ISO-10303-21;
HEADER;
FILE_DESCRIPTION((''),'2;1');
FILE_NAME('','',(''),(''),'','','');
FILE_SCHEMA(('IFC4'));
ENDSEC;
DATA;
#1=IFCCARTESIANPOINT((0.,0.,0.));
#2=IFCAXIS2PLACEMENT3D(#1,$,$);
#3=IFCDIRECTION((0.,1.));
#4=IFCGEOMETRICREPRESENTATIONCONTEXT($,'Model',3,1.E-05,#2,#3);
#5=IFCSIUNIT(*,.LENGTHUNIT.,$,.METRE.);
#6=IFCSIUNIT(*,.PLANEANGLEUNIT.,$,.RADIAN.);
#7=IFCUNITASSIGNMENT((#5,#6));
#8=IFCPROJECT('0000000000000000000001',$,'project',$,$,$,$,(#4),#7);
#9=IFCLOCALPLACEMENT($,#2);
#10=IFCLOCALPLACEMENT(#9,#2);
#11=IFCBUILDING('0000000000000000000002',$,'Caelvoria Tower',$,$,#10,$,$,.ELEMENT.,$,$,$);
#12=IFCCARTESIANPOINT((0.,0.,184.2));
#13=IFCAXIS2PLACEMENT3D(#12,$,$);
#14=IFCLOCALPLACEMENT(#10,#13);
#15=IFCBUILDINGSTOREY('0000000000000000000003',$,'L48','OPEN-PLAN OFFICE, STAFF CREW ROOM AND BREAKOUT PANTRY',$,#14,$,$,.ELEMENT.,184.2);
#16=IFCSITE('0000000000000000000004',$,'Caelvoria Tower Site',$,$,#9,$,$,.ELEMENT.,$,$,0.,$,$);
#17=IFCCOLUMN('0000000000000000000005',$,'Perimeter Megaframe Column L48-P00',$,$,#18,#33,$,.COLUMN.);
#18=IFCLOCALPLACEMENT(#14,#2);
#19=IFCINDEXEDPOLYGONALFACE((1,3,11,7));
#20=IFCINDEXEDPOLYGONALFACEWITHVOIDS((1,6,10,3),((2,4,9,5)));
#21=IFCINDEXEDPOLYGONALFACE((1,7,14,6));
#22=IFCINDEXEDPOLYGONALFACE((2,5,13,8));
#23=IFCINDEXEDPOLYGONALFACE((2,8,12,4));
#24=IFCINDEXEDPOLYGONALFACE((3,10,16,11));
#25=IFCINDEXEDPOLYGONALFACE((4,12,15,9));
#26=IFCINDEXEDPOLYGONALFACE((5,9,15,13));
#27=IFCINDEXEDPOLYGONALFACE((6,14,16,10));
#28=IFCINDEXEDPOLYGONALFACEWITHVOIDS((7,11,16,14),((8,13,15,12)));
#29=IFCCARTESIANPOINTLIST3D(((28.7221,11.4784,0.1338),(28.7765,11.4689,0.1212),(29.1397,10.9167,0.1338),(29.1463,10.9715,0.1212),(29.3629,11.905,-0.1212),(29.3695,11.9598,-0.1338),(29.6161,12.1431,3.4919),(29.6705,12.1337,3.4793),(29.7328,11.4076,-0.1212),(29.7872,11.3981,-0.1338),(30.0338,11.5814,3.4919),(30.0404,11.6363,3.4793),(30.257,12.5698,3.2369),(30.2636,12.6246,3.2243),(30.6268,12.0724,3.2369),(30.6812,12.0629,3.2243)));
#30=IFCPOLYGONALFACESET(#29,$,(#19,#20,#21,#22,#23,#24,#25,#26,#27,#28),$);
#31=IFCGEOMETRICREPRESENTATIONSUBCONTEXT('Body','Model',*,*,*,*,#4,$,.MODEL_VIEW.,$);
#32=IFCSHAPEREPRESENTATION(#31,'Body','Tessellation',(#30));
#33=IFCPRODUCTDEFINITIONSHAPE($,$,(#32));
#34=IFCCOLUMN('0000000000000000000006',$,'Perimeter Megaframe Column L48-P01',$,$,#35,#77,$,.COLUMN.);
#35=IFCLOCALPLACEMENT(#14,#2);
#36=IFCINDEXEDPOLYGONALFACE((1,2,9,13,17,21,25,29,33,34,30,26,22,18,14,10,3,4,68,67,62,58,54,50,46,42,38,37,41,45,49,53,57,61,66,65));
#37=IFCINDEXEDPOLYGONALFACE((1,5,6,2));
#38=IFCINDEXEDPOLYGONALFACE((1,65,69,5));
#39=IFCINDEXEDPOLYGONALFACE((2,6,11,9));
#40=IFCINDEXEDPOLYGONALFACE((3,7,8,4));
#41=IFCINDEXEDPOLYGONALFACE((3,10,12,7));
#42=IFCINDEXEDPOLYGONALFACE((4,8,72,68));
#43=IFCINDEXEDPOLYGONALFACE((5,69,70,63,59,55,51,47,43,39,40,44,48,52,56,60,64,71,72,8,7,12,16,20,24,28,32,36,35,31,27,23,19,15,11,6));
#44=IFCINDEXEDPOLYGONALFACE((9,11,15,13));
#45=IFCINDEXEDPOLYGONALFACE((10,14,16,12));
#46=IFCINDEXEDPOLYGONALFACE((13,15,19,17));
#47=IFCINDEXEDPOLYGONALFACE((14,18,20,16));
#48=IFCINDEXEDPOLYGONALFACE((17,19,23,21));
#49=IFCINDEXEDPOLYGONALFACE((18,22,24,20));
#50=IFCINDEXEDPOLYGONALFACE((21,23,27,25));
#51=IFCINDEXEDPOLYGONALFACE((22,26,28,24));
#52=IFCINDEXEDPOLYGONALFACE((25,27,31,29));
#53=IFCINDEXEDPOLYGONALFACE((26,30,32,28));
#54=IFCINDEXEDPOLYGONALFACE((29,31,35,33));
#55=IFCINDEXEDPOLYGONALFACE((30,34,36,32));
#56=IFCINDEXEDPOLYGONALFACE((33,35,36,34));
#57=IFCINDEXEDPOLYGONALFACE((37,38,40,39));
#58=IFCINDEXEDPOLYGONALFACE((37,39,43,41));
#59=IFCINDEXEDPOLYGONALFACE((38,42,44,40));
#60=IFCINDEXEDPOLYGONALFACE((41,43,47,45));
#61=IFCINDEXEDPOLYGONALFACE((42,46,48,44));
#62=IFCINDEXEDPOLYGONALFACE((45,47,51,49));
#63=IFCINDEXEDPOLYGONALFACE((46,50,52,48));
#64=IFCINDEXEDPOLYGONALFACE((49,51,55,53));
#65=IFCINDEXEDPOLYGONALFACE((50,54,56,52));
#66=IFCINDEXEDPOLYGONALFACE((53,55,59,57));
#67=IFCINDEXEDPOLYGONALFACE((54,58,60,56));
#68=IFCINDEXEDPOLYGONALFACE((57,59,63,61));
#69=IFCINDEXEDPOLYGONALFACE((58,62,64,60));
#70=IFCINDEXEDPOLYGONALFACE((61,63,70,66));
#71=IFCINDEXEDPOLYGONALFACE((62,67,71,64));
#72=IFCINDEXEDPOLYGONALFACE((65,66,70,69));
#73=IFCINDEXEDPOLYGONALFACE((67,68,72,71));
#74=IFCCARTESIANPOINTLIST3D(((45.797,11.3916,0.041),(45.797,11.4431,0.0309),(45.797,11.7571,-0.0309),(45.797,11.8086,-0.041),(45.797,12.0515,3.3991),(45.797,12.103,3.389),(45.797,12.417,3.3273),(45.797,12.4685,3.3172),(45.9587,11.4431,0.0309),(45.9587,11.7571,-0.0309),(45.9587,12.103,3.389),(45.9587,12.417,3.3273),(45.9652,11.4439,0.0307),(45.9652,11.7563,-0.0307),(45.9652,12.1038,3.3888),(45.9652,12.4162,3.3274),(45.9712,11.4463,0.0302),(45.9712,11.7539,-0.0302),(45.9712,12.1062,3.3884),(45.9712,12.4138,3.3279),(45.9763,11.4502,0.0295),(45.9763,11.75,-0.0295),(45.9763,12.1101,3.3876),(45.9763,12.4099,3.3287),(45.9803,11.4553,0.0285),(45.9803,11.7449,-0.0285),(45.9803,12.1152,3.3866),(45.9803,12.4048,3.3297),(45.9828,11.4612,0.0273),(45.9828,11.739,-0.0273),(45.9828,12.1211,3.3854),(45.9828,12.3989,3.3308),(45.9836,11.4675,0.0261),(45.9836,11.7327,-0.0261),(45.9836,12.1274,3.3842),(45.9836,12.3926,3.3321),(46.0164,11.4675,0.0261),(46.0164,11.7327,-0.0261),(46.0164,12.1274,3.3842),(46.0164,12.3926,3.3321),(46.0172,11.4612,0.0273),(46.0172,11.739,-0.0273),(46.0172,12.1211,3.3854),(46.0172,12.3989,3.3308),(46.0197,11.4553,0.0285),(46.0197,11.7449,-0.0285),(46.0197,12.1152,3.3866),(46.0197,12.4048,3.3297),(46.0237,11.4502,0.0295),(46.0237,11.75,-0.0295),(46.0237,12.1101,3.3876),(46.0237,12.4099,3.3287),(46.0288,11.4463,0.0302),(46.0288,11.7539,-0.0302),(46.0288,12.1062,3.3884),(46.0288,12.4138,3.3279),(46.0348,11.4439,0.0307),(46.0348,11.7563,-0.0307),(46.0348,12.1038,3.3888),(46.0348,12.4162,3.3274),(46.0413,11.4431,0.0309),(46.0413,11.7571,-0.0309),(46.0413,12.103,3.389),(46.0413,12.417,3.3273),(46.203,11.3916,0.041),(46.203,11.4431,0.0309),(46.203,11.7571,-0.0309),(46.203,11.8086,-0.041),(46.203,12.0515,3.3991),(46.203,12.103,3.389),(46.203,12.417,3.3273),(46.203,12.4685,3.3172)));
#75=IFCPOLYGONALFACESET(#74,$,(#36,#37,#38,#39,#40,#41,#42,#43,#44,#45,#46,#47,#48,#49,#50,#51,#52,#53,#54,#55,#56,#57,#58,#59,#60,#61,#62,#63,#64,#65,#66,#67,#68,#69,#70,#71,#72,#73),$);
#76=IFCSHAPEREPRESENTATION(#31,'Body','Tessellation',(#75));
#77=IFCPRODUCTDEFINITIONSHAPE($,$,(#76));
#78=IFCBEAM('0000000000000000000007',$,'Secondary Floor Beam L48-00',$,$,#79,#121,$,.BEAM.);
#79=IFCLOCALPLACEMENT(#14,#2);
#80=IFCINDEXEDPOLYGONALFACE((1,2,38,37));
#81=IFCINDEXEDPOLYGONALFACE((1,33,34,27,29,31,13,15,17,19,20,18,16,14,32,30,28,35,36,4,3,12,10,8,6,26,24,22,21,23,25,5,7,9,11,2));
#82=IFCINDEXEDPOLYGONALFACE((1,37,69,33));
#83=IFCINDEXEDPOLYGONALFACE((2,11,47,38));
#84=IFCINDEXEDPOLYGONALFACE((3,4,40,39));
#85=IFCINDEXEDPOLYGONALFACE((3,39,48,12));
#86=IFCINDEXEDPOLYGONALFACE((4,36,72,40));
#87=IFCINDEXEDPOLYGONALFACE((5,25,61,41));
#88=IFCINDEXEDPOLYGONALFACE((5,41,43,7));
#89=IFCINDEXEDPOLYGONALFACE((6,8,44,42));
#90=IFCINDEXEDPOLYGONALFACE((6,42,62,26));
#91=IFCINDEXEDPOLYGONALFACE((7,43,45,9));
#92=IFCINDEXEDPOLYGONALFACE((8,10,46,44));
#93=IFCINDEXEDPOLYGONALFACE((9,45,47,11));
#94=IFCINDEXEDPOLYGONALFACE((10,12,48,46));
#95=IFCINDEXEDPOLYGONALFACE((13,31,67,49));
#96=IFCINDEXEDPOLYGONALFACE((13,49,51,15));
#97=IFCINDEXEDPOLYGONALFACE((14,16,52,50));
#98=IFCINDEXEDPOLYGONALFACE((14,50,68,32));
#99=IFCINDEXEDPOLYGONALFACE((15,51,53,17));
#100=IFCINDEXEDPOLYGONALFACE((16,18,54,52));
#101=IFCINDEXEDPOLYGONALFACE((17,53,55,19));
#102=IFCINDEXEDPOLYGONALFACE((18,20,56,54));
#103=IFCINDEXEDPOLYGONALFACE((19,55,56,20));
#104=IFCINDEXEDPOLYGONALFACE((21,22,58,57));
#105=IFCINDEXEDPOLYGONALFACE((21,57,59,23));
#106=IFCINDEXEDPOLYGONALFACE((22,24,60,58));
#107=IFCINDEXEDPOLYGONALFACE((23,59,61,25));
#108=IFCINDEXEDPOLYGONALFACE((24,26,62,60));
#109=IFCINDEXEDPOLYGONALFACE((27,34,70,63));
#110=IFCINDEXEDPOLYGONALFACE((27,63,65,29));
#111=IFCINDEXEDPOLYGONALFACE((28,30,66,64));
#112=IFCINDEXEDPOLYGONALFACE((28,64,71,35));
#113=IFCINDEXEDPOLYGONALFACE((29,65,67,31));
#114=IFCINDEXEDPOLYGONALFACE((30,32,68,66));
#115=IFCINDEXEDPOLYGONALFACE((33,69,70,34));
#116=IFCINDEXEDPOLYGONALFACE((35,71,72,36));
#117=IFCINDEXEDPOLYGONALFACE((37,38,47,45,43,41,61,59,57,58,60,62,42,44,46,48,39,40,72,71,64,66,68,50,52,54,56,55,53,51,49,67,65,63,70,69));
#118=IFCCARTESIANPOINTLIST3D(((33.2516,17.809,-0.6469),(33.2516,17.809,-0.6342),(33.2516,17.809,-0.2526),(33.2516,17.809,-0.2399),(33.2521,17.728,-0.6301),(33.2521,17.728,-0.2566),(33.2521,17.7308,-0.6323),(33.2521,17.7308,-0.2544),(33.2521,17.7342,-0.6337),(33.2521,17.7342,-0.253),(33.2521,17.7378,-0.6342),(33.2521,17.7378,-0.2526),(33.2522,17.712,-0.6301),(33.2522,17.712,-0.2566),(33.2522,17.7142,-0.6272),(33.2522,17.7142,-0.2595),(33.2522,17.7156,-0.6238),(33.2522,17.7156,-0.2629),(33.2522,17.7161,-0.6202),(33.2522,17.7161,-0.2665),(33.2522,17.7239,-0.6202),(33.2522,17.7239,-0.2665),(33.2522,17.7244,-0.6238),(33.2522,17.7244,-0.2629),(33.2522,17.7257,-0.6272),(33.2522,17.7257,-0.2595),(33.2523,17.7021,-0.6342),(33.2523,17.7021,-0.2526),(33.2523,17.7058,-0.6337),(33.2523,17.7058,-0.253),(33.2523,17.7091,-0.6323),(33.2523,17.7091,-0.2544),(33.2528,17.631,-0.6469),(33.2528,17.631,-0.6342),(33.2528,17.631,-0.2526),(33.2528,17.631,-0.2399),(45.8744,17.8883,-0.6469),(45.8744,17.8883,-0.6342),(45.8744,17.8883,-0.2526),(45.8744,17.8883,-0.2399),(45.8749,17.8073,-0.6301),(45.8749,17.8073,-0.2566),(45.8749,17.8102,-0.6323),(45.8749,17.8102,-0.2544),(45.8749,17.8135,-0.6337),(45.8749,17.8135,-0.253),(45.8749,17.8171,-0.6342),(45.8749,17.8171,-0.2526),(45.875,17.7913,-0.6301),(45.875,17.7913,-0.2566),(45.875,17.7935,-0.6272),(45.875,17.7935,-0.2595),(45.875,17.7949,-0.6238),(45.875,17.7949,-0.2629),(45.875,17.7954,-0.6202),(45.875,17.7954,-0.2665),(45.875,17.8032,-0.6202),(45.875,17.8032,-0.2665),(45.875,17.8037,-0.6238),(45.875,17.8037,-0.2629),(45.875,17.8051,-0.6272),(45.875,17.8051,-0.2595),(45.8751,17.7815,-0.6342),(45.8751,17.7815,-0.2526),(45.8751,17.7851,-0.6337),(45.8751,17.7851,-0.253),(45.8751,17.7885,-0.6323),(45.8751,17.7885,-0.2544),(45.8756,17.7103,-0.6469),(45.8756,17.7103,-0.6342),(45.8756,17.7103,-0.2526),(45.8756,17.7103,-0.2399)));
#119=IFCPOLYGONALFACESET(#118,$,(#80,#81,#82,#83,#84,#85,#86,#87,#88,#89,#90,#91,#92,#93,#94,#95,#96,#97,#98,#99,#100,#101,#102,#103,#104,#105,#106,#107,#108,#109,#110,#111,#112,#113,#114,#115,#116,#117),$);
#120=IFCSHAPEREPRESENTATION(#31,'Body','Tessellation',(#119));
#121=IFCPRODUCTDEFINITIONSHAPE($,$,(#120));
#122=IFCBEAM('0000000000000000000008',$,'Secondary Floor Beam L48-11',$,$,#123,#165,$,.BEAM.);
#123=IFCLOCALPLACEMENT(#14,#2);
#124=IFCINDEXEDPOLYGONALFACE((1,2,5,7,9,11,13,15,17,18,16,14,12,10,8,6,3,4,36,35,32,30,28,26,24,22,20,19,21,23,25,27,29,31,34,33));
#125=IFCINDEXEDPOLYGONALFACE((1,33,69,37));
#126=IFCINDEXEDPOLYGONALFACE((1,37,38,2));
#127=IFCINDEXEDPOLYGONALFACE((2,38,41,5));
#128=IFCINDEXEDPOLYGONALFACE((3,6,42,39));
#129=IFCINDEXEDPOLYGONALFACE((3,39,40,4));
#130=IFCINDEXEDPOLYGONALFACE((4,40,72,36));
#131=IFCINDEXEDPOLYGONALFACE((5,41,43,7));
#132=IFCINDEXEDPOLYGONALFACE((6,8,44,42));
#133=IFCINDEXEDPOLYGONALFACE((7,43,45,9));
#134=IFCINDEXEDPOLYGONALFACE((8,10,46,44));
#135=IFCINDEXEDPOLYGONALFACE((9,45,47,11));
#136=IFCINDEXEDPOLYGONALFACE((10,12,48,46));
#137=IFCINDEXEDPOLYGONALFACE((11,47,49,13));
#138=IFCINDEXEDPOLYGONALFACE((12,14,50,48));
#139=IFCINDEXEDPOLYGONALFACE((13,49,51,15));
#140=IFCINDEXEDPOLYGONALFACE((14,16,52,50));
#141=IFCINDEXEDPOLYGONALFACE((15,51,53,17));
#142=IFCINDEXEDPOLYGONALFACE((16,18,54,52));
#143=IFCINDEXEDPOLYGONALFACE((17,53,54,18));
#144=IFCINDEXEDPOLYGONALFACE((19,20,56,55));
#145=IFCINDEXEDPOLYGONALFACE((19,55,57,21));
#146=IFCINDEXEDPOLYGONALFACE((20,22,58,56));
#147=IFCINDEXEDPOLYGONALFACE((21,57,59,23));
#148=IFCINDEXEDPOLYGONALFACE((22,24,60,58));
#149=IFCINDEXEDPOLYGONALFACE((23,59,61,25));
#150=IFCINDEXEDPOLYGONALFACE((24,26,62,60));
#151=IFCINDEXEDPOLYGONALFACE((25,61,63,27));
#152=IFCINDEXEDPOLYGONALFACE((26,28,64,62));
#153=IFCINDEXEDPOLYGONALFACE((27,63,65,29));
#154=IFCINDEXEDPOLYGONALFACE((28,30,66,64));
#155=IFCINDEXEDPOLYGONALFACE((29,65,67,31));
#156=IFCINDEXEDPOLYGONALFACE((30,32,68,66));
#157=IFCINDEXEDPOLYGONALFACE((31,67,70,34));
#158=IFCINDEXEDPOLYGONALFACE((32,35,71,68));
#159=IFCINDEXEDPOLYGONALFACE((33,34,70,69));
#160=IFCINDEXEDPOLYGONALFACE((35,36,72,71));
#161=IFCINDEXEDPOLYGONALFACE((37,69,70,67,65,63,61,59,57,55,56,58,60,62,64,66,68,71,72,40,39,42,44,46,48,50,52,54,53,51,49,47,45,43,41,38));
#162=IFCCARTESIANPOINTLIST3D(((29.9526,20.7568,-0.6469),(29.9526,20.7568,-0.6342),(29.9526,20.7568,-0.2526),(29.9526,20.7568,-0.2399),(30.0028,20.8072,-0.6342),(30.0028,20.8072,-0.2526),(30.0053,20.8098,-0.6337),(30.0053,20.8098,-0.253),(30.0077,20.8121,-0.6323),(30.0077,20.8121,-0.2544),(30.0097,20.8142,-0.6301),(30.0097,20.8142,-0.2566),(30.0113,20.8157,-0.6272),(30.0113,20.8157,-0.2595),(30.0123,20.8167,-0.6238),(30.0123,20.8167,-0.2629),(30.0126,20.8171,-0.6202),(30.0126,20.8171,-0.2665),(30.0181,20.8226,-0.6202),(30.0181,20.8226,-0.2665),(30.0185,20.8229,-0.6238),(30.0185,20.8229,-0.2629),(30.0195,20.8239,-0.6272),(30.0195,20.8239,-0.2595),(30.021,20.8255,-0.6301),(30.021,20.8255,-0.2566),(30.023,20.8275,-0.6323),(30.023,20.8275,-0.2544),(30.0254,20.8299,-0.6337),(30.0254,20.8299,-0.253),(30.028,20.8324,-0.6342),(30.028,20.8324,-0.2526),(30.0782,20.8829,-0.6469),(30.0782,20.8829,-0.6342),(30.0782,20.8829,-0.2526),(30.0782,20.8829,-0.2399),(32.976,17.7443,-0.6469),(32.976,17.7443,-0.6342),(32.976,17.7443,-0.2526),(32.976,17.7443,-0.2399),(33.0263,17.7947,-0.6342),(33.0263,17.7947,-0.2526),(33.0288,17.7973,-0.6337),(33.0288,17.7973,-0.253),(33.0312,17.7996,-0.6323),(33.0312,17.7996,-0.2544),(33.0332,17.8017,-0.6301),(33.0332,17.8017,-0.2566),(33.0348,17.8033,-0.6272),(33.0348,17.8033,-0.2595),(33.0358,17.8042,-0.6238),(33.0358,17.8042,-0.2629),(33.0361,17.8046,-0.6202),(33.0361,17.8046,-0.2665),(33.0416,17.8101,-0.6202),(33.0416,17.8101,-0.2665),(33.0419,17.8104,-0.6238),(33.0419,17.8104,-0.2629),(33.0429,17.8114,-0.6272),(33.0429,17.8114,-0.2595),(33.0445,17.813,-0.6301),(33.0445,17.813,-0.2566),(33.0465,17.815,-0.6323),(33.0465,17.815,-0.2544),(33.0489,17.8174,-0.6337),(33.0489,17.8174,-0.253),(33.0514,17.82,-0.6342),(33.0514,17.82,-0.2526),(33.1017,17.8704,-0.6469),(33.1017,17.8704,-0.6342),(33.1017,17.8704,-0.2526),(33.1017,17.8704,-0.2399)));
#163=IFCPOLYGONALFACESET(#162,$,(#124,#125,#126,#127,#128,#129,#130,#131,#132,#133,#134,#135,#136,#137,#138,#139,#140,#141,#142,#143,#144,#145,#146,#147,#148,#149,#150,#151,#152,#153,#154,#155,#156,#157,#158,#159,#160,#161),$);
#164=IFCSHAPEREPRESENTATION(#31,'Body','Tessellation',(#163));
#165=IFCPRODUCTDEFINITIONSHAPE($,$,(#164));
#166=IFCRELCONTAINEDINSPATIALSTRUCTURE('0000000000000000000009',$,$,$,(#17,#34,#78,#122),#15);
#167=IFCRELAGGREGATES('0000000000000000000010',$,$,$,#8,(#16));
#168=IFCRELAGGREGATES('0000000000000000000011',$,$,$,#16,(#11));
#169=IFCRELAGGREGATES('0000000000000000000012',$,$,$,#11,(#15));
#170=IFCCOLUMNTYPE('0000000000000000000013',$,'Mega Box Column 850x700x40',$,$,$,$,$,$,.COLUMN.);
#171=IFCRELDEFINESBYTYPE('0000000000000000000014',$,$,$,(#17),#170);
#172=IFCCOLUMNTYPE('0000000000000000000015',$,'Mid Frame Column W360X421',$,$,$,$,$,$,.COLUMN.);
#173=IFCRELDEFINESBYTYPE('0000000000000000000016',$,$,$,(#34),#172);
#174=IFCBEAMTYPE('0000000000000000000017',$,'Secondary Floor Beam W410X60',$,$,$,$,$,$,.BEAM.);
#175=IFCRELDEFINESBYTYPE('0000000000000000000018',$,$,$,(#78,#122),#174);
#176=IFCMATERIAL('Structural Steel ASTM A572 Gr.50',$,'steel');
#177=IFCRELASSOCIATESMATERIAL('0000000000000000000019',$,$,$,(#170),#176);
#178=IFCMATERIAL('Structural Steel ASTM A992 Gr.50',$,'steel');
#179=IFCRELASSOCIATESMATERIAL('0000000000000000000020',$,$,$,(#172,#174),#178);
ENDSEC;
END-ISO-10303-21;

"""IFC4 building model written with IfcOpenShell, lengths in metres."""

from ifc_helpers import new_model, si_unit, direction, frame, origin, origin_2d, place, context, subcontext, project, spatial, hollow_rectangle, i_section, extrude, material, material_profile, profile_set, type_object, element, save


model = new_model("IFC4")

# Units and contexts
model_context = context("Model", 3, precision=1e-05, world=origin(), true_north=direction((0.0, 1.0)))
body_context = subcontext(model_context, "Body", "Model", "MODEL_VIEW")
ifc_project = project(units=[si_unit("LENGTHUNIT", "METRE"), si_unit("PLANEANGLEUNIT", "RADIAN")], contexts=[model_context])

# Site, building, storey
site_placement = place(None, origin())
site = spatial("IfcSite", under=ifc_project, at=site_placement, Name="Caelvoria Tower Site", CompositionType="ELEMENT", RefElevation=0.0)
building_placement = place(site_placement, origin())
building = spatial("IfcBuilding", under=site, at=building_placement, Name="Caelvoria Tower", CompositionType="ELEMENT")
storey_placement = place(building_placement, frame((0.0, 0.0, 184.2)))
storey = spatial("IfcBuildingStorey", under=building, at=storey_placement, Name="L48", Description="OPEN-PLAN OFFICE, STAFF CREW ROOM AND BREAKOUT PANTRY", CompositionType="ELEMENT", Elevation=184.2)

# Columns
ifc_material_1 = material(Name="Structural Steel ASTM A572 Gr.50", Category="steel")
ifc_material_profile_1 = material_profile(ifc_material_1, hollow_rectangle(XDim=0.7, YDim=0.8501, WallThickness=0.04, at=origin_2d()), Name="Structural Steel ASTM A572 Gr.50")
ifc_profile_set_1 = profile_set([ifc_material_profile_1], Name="BOX850X700X40 - Structural Steel ASTM A572 Gr.50")
column_type_1 = type_object("IfcColumnType", Name="Mega Box Column 850x700x40", PredefinedType="COLUMN", material=ifc_profile_set_1)
column_1_placement = place(storey_placement, frame((29.2546, 11.4382, 0.0), z_axis=(0.252687, 0.187894, 0.949129), x_axis=(-0.596699, 0.802465, 0.0)))
element("IfcColumn", 1, at=column_1_placement, inside=storey, type_object=column_type_1, Name="Perimeter Megaframe Column L48-P00", PredefinedType="COLUMN", context=body_context, shape_type="SweptSolid", body=[
    extrude(hollow_rectangle(XDim=0.7, YDim=0.8501, WallThickness=0.04, at=origin_2d()), origin(), (0.0, 0.0, 1.0), 3.5381),
])
ifc_material_2 = material(Name="Structural Steel ASTM A992 Gr.50", Category="steel")
ifc_material_profile_2 = material_profile(ifc_material_2, i_section(OverallWidth=0.406, OverallDepth=0.425, WebThickness=0.0327, FlangeThickness=0.0525, FilletRadius=0.0249, at=origin_2d()), Name="Structural Steel ASTM A992 Gr.50")
ifc_profile_set_2 = profile_set([ifc_material_profile_2], Name="W360X421 - Structural Steel ASTM A992 Gr.50")
column_type_2 = type_object("IfcColumnType", Name="Mid Frame Column W360X421", PredefinedType="COLUMN", material=ifc_profile_set_2)
column_2_placement = place(storey_placement, frame((46.0, 11.6001, 0.0), z_axis=(0.0, 0.192823, 0.981234), x_axis=(-1.0, 0.0, 0.0)))
element("IfcColumn", 2, at=column_2_placement, inside=storey, type_object=column_type_2, Name="Perimeter Megaframe Column L48-P01", PredefinedType="COLUMN", context=body_context, shape_type="SweptSolid", body=[
    extrude(i_section(OverallWidth=0.406, OverallDepth=0.425, WebThickness=0.0327, FlangeThickness=0.0525, FilletRadius=0.0249, at=origin_2d()), origin(), (0.0, 0.0, 1.0), 3.4224),
])

# Beams
ifc_material_profile_3 = material_profile(ifc_material_2, i_section(OverallWidth=0.178, OverallDepth=0.407, WebThickness=0.0078, FlangeThickness=0.0127, FilletRadius=0.0139, at=origin_2d()), Name="Structural Steel ASTM A992 Gr.50")
ifc_profile_set_3 = profile_set([ifc_material_profile_3], Name="W410X60 - Structural Steel ASTM A992 Gr.50")
beam_type_1 = type_object("IfcBeamType", Name="Secondary Floor Beam W410X60", PredefinedType="BEAM", material=ifc_profile_set_3)
beam_1_placement = place(storey_placement, frame((33.2522, 17.72, -0.4434), z_axis=(0.99998, 0.006286, 0.0), x_axis=(-0.006286, 0.99998, 0.0)))
element("IfcBeam", 3, at=beam_1_placement, inside=storey, type_object=beam_type_1, Name="Secondary Floor Beam L48-00", PredefinedType="BEAM", context=body_context, shape_type="SweptSolid", body=[
    extrude(i_section(OverallWidth=0.178, OverallDepth=0.407, WebThickness=0.0078, FlangeThickness=0.0127, FilletRadius=0.0139, at=origin_2d()), origin(), (0.0, 0.0, 1.0), 12.623),
])
beam_2_placement = place(storey_placement, frame((30.0154, 20.8198, -0.4434), z_axis=(0.708393, -0.705819, 0.0), x_axis=(0.705819, 0.708393, 0.0)))
element("IfcBeam", 4, at=beam_2_placement, inside=storey, type_object=beam_type_1, Name="Secondary Floor Beam L48-11", PredefinedType="BEAM", context=body_context, shape_type="SweptSolid", body=[
    extrude(i_section(OverallWidth=0.178, OverallDepth=0.407, WebThickness=0.0078, FlangeThickness=0.0127, FilletRadius=0.0139, at=origin_2d()), origin(), (0.0, 0.0, 1.0), 4.2681),
])

save(model, "model.ifc")
